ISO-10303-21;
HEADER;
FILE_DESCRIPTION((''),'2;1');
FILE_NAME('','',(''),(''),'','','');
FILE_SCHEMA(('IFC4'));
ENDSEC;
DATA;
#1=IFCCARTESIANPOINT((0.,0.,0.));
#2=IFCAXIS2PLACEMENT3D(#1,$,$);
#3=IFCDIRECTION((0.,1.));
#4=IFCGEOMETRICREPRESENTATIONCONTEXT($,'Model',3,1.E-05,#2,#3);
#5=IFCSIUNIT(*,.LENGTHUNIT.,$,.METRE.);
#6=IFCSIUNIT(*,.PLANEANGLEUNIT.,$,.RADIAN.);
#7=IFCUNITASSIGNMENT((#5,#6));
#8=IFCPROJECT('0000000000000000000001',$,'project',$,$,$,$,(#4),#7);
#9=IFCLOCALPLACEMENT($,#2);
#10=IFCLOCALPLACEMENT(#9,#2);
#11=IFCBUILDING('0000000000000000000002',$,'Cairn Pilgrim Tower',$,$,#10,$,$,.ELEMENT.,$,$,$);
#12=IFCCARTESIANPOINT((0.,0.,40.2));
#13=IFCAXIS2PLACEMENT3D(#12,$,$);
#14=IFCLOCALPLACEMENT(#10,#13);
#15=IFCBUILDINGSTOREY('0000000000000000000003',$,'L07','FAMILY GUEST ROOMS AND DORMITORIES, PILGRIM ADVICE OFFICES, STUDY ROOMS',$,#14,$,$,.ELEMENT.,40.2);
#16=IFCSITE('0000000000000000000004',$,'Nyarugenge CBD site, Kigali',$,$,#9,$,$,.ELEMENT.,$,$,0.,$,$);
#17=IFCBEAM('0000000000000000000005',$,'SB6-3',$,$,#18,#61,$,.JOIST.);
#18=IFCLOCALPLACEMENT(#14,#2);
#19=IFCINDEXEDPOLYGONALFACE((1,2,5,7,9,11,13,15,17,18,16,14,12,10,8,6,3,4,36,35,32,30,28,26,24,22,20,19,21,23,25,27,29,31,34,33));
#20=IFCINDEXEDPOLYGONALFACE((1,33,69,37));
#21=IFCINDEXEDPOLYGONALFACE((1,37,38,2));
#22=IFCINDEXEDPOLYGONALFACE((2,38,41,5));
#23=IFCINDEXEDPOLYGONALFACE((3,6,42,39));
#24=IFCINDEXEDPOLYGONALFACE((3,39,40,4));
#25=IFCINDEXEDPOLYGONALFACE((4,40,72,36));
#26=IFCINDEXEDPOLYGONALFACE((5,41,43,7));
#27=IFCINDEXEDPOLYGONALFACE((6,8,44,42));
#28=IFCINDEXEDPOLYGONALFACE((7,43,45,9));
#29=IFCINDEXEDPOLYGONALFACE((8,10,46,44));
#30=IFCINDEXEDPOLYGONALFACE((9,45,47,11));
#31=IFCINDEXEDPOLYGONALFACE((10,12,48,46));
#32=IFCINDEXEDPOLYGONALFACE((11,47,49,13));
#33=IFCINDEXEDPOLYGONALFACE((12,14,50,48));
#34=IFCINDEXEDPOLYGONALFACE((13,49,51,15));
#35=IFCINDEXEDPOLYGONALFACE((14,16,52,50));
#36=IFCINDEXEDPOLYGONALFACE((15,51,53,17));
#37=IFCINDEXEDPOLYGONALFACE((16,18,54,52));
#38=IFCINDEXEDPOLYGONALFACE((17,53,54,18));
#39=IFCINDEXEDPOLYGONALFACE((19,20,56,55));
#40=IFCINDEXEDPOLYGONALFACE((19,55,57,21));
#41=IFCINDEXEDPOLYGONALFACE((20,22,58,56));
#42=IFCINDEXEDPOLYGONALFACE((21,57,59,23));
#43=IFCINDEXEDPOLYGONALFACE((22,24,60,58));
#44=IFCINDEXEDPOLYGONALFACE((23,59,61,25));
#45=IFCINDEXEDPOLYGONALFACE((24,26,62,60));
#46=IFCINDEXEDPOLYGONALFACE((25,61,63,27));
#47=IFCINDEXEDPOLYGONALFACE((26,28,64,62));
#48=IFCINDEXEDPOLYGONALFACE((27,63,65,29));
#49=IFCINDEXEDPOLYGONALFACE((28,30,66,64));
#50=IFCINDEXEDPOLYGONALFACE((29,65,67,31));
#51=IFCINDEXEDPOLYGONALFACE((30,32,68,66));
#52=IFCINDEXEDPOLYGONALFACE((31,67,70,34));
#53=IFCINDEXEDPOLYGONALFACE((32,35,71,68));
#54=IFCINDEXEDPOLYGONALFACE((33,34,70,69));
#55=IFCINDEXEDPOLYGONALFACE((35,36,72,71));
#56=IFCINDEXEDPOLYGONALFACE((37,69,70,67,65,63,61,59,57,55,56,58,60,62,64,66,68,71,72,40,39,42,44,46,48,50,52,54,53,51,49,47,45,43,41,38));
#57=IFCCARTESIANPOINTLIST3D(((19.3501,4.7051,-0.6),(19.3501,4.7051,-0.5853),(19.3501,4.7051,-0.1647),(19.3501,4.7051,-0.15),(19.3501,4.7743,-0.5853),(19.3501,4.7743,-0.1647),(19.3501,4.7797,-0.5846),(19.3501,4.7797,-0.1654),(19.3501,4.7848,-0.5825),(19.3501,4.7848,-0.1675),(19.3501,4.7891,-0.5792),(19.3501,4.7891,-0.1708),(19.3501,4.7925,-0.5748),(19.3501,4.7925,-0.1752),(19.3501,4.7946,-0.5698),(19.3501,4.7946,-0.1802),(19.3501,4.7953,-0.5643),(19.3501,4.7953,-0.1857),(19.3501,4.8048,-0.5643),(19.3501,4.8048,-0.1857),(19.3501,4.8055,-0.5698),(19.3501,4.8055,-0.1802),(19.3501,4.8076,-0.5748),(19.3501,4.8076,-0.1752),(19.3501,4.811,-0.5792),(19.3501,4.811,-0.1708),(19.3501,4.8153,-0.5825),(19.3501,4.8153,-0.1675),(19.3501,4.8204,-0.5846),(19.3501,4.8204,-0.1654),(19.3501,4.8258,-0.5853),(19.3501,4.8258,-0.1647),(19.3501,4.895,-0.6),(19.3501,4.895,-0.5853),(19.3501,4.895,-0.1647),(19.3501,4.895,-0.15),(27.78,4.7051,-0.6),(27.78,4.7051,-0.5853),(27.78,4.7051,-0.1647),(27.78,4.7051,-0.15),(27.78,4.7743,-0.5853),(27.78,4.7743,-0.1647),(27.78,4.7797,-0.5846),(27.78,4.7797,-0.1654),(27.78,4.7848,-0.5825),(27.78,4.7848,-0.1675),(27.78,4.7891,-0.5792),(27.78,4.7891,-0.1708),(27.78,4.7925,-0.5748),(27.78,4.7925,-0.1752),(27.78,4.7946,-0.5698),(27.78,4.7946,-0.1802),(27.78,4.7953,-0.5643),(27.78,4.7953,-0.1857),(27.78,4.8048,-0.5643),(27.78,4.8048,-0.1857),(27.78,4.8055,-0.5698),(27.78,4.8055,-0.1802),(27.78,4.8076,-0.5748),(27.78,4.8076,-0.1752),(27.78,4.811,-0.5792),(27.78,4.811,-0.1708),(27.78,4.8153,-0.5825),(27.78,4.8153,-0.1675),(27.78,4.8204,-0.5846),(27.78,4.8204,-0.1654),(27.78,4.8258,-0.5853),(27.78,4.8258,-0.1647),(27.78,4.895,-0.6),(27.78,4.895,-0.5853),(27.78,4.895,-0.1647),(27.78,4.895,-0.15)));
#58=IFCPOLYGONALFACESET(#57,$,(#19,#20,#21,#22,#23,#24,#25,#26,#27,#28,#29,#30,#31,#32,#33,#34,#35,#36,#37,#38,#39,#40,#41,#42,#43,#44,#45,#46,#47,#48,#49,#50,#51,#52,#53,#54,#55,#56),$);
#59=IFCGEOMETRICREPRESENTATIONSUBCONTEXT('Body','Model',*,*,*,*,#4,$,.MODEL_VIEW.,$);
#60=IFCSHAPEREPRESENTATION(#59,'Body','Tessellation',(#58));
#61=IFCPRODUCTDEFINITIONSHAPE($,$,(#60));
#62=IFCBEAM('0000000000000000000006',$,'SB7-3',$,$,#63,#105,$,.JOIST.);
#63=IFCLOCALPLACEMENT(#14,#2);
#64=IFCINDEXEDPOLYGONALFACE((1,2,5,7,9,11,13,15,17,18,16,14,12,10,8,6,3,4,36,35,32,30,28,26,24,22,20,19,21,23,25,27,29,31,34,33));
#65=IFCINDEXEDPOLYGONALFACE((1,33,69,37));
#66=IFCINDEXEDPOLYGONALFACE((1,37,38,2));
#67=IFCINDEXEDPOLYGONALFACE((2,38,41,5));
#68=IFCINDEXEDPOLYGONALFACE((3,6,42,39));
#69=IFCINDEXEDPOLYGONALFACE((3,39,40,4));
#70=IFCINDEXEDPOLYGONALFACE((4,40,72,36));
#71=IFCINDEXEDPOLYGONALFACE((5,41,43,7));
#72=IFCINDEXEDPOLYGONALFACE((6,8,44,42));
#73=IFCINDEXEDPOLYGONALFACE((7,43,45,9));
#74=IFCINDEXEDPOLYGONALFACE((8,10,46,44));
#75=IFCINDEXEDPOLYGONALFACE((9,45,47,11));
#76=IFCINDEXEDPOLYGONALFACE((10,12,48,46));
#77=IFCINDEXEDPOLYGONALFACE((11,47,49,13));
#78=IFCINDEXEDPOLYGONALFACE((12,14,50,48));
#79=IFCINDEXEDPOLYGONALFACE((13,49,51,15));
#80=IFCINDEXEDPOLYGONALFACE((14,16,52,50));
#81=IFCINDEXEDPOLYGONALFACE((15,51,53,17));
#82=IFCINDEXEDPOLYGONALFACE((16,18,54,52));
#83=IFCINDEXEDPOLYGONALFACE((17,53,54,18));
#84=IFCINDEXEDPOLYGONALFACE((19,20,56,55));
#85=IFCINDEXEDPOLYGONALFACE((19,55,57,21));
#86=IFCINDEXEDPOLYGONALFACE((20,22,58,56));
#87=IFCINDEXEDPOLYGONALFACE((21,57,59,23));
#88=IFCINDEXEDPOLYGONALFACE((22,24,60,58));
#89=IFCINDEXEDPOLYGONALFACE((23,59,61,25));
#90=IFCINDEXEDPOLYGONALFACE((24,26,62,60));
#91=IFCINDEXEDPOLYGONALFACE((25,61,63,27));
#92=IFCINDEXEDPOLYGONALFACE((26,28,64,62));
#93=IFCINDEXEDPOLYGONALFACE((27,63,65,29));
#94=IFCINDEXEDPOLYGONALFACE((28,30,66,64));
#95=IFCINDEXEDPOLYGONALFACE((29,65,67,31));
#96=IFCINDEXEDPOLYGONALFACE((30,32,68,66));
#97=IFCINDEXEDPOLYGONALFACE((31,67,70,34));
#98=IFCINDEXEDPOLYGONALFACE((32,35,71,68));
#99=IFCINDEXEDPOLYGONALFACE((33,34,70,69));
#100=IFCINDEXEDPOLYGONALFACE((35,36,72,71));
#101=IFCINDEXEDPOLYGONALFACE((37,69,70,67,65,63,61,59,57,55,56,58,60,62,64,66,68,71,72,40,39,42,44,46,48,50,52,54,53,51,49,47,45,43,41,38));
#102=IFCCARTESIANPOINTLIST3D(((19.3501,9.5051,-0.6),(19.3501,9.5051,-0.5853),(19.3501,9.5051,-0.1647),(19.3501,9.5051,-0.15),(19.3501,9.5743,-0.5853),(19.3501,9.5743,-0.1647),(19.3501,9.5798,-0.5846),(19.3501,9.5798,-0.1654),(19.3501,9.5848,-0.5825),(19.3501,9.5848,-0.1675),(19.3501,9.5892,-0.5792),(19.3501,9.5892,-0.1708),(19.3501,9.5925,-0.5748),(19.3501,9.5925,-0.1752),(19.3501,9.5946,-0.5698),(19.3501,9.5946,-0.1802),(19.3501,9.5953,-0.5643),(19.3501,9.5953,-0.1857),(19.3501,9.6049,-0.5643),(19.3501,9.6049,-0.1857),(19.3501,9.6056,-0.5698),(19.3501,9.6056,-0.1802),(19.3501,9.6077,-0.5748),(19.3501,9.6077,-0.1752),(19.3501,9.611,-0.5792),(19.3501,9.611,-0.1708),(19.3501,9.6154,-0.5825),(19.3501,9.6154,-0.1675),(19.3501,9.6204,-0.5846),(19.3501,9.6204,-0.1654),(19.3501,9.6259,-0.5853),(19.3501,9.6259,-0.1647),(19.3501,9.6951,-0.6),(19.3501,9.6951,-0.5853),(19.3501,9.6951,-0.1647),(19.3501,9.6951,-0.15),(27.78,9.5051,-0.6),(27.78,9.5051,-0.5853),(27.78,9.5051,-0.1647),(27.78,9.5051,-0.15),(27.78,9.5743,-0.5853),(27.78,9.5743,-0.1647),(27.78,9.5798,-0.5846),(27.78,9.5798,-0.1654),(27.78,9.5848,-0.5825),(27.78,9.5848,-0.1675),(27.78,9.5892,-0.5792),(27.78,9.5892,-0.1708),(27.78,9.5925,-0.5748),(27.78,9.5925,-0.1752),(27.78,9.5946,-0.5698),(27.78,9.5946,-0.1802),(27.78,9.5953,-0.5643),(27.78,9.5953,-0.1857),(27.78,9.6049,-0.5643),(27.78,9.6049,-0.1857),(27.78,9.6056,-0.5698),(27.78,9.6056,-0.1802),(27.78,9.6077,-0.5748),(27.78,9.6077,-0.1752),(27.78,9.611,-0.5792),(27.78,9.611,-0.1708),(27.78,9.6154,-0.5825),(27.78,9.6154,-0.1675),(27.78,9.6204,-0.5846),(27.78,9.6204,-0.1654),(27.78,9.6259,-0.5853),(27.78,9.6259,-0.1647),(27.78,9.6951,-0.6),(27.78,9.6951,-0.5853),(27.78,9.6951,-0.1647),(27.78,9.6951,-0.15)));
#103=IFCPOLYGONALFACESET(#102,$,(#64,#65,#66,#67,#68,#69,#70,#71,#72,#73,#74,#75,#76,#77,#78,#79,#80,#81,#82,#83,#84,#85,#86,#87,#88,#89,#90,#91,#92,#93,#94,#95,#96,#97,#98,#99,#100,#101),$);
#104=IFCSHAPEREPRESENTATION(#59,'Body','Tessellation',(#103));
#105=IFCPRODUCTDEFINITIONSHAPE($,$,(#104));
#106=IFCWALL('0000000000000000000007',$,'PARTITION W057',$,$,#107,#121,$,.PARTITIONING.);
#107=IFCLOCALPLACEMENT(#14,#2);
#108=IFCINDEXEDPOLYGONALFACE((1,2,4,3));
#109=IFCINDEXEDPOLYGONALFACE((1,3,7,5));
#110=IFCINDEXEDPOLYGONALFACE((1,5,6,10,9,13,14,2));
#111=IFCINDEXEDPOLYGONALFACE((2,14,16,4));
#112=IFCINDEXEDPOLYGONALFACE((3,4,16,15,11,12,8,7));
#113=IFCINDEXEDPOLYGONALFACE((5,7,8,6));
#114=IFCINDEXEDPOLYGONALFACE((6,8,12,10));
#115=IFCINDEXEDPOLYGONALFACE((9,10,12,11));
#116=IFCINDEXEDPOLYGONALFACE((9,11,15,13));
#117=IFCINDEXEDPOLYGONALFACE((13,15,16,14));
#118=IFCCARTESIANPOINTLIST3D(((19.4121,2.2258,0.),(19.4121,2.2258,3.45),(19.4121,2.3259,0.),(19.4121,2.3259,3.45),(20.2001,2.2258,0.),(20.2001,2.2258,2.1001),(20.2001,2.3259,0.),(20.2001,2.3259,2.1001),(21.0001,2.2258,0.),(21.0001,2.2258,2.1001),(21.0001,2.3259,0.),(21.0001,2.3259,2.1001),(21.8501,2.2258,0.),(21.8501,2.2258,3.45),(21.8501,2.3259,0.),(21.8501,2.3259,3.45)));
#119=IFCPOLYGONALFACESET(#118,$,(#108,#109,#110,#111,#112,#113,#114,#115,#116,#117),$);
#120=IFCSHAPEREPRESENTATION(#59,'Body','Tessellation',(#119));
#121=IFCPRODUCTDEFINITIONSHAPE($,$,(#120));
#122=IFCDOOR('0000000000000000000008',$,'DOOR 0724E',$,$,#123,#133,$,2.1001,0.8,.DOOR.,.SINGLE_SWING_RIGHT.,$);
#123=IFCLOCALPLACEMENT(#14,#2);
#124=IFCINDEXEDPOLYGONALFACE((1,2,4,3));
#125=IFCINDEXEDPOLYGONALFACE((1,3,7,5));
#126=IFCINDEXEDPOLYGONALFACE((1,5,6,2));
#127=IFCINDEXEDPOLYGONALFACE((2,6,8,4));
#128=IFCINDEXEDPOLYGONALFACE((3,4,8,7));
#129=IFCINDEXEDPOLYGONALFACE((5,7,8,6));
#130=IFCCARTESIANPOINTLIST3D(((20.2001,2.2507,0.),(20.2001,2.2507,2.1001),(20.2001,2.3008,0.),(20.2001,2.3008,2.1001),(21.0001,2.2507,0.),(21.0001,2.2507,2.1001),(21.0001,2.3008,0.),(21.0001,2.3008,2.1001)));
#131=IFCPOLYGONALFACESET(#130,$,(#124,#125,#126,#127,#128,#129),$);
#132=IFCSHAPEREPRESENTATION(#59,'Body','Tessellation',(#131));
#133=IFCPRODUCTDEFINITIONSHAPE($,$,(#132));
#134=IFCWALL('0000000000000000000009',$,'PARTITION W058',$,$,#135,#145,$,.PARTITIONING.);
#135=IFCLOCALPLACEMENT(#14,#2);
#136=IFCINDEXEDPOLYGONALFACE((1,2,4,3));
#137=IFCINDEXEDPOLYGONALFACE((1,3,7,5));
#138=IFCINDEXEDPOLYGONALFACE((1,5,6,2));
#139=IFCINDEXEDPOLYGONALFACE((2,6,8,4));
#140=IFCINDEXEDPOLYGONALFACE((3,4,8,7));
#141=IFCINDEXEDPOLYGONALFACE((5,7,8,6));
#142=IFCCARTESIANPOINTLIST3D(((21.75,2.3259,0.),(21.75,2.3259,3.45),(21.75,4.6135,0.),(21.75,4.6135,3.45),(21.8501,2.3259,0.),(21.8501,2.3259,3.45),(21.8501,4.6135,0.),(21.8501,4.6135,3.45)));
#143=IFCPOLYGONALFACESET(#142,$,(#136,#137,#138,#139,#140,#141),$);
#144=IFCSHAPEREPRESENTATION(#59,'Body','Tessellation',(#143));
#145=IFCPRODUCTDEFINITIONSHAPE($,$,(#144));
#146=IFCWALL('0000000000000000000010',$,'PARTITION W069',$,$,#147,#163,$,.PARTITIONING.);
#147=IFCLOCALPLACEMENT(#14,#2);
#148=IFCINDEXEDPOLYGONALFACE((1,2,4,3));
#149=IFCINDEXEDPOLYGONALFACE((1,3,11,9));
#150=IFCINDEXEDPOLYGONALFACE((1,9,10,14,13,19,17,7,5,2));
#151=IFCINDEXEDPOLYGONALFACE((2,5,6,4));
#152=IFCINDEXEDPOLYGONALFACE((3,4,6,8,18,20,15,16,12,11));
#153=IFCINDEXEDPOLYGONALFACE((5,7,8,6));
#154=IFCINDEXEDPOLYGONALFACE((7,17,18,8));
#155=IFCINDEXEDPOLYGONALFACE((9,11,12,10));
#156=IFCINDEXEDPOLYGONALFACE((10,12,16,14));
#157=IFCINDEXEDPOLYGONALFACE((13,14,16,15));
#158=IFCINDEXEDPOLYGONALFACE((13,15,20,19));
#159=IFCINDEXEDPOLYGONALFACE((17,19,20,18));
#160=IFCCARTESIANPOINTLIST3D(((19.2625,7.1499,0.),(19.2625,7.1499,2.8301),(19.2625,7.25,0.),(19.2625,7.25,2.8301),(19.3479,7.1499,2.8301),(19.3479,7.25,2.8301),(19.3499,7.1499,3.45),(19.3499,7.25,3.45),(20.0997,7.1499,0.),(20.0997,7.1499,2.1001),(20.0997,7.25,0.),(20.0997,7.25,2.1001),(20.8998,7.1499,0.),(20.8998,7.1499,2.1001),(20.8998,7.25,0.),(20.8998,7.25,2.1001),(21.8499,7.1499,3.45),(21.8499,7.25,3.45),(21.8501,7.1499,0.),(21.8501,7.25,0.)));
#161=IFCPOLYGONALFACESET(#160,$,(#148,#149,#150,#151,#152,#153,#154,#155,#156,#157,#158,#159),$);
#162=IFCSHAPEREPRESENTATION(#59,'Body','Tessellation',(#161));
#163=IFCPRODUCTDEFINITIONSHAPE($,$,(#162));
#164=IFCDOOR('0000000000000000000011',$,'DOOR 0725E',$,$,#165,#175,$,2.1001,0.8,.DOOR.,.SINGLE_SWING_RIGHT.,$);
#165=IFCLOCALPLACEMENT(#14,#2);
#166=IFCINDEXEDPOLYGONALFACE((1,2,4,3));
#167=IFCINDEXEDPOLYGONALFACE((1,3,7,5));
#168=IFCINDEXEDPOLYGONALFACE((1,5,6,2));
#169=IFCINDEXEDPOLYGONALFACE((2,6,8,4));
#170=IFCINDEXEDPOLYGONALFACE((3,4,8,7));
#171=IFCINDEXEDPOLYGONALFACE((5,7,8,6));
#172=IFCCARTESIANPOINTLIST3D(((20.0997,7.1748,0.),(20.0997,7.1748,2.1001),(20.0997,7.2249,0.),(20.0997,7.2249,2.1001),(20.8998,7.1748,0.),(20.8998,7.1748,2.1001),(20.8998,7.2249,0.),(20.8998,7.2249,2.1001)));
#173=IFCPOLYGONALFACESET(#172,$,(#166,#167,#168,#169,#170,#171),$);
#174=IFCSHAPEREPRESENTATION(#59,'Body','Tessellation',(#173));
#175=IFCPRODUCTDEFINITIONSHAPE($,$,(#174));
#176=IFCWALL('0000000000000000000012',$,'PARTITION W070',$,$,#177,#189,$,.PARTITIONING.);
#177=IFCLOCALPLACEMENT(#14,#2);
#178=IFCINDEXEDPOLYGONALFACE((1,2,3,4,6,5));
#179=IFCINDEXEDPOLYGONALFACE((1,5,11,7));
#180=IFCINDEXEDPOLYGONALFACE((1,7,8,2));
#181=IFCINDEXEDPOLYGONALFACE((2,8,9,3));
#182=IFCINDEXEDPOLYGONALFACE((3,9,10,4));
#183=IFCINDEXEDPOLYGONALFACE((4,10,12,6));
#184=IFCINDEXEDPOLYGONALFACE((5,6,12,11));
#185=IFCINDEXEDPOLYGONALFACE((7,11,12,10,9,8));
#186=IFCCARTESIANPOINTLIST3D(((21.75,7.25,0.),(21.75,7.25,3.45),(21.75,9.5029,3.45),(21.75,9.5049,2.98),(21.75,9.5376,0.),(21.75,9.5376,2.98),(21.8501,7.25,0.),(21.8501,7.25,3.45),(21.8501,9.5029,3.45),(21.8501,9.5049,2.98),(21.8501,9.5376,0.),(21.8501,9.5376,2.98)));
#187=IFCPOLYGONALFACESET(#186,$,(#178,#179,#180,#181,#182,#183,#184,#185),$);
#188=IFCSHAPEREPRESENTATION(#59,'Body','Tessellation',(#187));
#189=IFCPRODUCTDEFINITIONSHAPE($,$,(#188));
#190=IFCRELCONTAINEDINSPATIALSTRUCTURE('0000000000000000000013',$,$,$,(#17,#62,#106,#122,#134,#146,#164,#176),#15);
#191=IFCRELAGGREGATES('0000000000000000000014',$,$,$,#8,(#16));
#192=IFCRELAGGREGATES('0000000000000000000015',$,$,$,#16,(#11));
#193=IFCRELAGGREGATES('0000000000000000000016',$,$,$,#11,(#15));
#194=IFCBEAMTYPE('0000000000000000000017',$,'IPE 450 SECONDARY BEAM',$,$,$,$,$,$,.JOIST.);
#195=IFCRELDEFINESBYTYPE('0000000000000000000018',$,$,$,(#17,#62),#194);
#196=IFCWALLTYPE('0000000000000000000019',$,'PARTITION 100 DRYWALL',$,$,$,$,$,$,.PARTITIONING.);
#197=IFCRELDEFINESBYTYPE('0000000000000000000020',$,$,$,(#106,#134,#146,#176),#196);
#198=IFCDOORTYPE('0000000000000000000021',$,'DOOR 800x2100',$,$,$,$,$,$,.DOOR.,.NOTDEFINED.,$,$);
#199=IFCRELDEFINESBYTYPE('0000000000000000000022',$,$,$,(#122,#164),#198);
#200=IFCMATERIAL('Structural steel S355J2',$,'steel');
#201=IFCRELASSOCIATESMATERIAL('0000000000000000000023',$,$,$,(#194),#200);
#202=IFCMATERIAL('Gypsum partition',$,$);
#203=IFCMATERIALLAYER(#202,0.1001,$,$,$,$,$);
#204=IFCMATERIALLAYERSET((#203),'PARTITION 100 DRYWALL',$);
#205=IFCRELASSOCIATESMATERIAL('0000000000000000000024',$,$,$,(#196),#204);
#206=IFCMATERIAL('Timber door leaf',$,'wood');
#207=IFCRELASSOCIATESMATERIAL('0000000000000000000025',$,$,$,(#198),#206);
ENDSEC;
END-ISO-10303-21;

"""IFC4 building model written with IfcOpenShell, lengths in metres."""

from ifc_helpers import new_model, si_unit, direction, frame, frame_2d, origin, origin_2d, place, context, subcontext, project, spatial, polyline, rectangle, i_section, outline, extrude, material, layer, layer_set, material_profile, profile_set, type_object, element, fill, save


model = new_model("IFC4")

# Units and contexts
model_context = context("Model", 3, precision=1e-05, world=origin(), true_north=direction((0.0, 1.0)))
body_context = subcontext(model_context, "Body", "Model", "MODEL_VIEW")
ifc_project = project(units=[si_unit("LENGTHUNIT", "METRE"), si_unit("PLANEANGLEUNIT", "RADIAN")], contexts=[model_context])

# Site, building, storey
site_placement = place(None, origin())
site = spatial("IfcSite", under=ifc_project, at=site_placement, Name="Nyarugenge CBD site, Kigali", CompositionType="ELEMENT", RefElevation=0.0)
building_placement = place(site_placement, origin())
building = spatial("IfcBuilding", under=site, at=building_placement, Name="Cairn Pilgrim Tower", CompositionType="ELEMENT")
storey_placement = place(building_placement, frame((0.0, 0.0, 40.2)))
storey = spatial("IfcBuildingStorey", under=building, at=storey_placement, Name="L07", Description="FAMILY GUEST ROOMS AND DORMITORIES, PILGRIM ADVICE OFFICES, STUDY ROOMS", CompositionType="ELEMENT", Elevation=40.2)

# Beams
ifc_material_1 = material(Name="Structural steel S355J2", Category="steel")
ifc_material_profile_1 = material_profile(ifc_material_1, i_section(OverallWidth=0.1899, OverallDepth=0.45, WebThickness=0.0095, FlangeThickness=0.0146, FilletRadius=0.021, at=origin_2d()), Name="IPE 450")
ifc_profile_set_1 = profile_set([ifc_material_profile_1], Name="Structural steel S355J2")
beam_type_1 = type_object("IfcBeamType", Name="IPE 450 SECONDARY BEAM", PredefinedType="JOIST", material=ifc_profile_set_1)
for number, where, z_axis, x_axis, name in (
    (1, (19.3501, 4.8, -0.375), (1.0, 0.0, 0.0), (0.0, 1.0, 0.0), "SB6-3"),
    (2, (19.3501, 9.6001, -0.375), (1.0, 0.0, 0.0), (0.0, 1.0, 0.0), "SB7-3"),
):
    element("IfcBeam", number, at=place(storey_placement, frame(where, z_axis=z_axis, x_axis=x_axis)), inside=storey, type_object=beam_type_1, Name=name, PredefinedType="JOIST", context=body_context, shape_type="SweptSolid", body=[
        extrude(i_section(OverallWidth=0.1899, OverallDepth=0.45, WebThickness=0.0095, FlangeThickness=0.0146, FilletRadius=0.021, at=origin_2d()), origin(), (0.0, 0.0, 1.0), 8.4299),
    ])

# Wall, opening, door
ifc_material_2 = material(Name="Gypsum partition")
ifc_layer_1 = layer(ifc_material_2, 0.1001)
ifc_layer_set_1 = layer_set([ifc_layer_1], Name="PARTITION 100 DRYWALL")
wall_type_1 = type_object("IfcWallType", Name="PARTITION 100 DRYWALL", PredefinedType="PARTITIONING", material=ifc_layer_set_1)
wall_1_placement = place(storey_placement, frame((19.4121, 2.2759, 0.0), z_axis=(0.0, 0.0, 1.0), x_axis=(1.0, 0.0, 0.0)))
wall_1 = element("IfcWall", 3, at=wall_1_placement, inside=storey, type_object=wall_type_1, Name="PARTITION W057", PredefinedType="PARTITIONING", context=body_context, shape_type="SweptSolid", body=[
    extrude(rectangle(XDim=2.438, YDim=0.1001, at=frame_2d((1.219, 0.0))), origin(), (0.0, 0.0, 1.0), 3.45),
])
opening_1_placement = place(wall_1_placement, frame((0.7881, 0.0, 0.0)))
opening_1 = element("IfcOpeningElement", 4, at=opening_1_placement, cuts=wall_1, PredefinedType="OPENING", context=body_context, shape_type="SweptSolid", body=[
    extrude(rectangle(XDim=0.8, YDim=2.1001, at=frame_2d((0.3999, 1.05))), frame((0.0, 0.0601, 0.0), z_axis=(0.0, -1.0, 0.0), x_axis=(1.0, 0.0, 0.0)), (0.0, 0.0, 1.0), 0.1201),
])
ifc_material_3 = material(Name="Timber door leaf", Category="wood")
door_type_1 = type_object("IfcDoorType", Name="DOOR 800x2100", OperationType="NOTDEFINED", PredefinedType="DOOR", material=ifc_material_3)
door_1_placement = place(opening_1_placement, origin())
door_1 = element("IfcDoor", 5, at=door_1_placement, inside=storey, type_object=door_type_1, Name="DOOR 0724E", OperationType="SINGLE_SWING_RIGHT", OverallHeight=2.1001, OverallWidth=0.8, PredefinedType="DOOR", context=body_context, shape_type="SweptSolid", body=[
    extrude(rectangle(XDim=0.8, YDim=2.1001, at=frame_2d((0.3999, 1.05))), frame((0.0, 0.0249, 0.0), z_axis=(0.0, -1.0, 0.0), x_axis=(1.0, 0.0, 0.0)), (0.0, 0.0, 1.0), 0.05),
])
fill(opening_1, door_1)

# Wall
wall_2_placement = place(storey_placement, frame((21.8, 2.3259, 0.0), z_axis=(0.0, 0.0, 1.0), x_axis=(0.0, 1.0, 0.0)))
element("IfcWall", 6, at=wall_2_placement, inside=storey, type_object=wall_type_1, Name="PARTITION W058", PredefinedType="PARTITIONING", context=body_context, shape_type="SweptSolid", body=[
    extrude(rectangle(XDim=2.2876, YDim=0.1001, at=frame_2d((1.1438, 0.0))), origin(), (0.0, 0.0, 1.0), 3.45),
])

# Wall, opening, door
wall_3_placement = place(storey_placement, frame((19.2625, 7.2, 0.0), z_axis=(0.0, 0.0, 1.0), x_axis=(1.0, 0.0, 0.0)))
wall_3 = element("IfcWall", 7, at=wall_3_placement, inside=storey, type_object=wall_type_1, Name="PARTITION W069", PredefinedType="PARTITIONING", context=body_context, shape_type="SweptSolid", body=[
    extrude(outline(polyline([(0.0, 0.0), (2.5876, 0.0), (2.5874, 3.45), (0.0874, 3.45), (0.0854, 2.8301), (0.0, 2.8301), (0.0, 0.0)])), frame((0.0, 0.05, 0.0), z_axis=(0.0, -1.0, 0.0), x_axis=(1.0, 0.0, 0.0)), (0.0, 0.0, 1.0), 0.1001),
])
opening_2_placement = place(wall_3_placement, frame((0.8374, 0.0, 0.0)))
opening_2 = element("IfcOpeningElement", 8, at=opening_2_placement, cuts=wall_3, PredefinedType="OPENING", context=body_context, shape_type="SweptSolid", body=[
    extrude(rectangle(XDim=0.8, YDim=2.1001, at=frame_2d((0.3999, 1.05))), frame((0.0, 0.0601, 0.0), z_axis=(0.0, -1.0, 0.0), x_axis=(1.0, 0.0, 0.0)), (0.0, 0.0, 1.0), 0.1201),
])
door_2_placement = place(opening_2_placement, origin())
door_2 = element("IfcDoor", 9, at=door_2_placement, inside=storey, type_object=door_type_1, Name="DOOR 0725E", OperationType="SINGLE_SWING_RIGHT", OverallHeight=2.1001, OverallWidth=0.8, PredefinedType="DOOR", context=body_context, shape_type="SweptSolid", body=[
    extrude(rectangle(XDim=0.8, YDim=2.1001, at=frame_2d((0.3999, 1.05))), frame((0.0, 0.0249, 0.0), z_axis=(0.0, -1.0, 0.0), x_axis=(1.0, 0.0, 0.0)), (0.0, 0.0, 1.0), 0.05),
])
fill(opening_2, door_2)

# Wall
wall_4_placement = place(storey_placement, frame((21.8, 7.25, 0.0), z_axis=(0.0, 0.0, 1.0), x_axis=(0.0, 1.0, 0.0)))
element("IfcWall", 10, at=wall_4_placement, inside=storey, type_object=wall_type_1, Name="PARTITION W070", PredefinedType="PARTITIONING", context=body_context, shape_type="SweptSolid", body=[
    extrude(outline(polyline([(0.0, 0.0), (2.2876, 0.0), (2.2876, 2.98), (2.2549, 2.98), (2.2529, 3.45), (0.0, 3.45), (0.0, 0.0)])), frame((0.0, 0.05, 0.0), z_axis=(0.0, -1.0, 0.0), x_axis=(1.0, 0.0, 0.0)), (0.0, 0.0, 1.0), 0.1001),
])

save(model, "model.ifc")
